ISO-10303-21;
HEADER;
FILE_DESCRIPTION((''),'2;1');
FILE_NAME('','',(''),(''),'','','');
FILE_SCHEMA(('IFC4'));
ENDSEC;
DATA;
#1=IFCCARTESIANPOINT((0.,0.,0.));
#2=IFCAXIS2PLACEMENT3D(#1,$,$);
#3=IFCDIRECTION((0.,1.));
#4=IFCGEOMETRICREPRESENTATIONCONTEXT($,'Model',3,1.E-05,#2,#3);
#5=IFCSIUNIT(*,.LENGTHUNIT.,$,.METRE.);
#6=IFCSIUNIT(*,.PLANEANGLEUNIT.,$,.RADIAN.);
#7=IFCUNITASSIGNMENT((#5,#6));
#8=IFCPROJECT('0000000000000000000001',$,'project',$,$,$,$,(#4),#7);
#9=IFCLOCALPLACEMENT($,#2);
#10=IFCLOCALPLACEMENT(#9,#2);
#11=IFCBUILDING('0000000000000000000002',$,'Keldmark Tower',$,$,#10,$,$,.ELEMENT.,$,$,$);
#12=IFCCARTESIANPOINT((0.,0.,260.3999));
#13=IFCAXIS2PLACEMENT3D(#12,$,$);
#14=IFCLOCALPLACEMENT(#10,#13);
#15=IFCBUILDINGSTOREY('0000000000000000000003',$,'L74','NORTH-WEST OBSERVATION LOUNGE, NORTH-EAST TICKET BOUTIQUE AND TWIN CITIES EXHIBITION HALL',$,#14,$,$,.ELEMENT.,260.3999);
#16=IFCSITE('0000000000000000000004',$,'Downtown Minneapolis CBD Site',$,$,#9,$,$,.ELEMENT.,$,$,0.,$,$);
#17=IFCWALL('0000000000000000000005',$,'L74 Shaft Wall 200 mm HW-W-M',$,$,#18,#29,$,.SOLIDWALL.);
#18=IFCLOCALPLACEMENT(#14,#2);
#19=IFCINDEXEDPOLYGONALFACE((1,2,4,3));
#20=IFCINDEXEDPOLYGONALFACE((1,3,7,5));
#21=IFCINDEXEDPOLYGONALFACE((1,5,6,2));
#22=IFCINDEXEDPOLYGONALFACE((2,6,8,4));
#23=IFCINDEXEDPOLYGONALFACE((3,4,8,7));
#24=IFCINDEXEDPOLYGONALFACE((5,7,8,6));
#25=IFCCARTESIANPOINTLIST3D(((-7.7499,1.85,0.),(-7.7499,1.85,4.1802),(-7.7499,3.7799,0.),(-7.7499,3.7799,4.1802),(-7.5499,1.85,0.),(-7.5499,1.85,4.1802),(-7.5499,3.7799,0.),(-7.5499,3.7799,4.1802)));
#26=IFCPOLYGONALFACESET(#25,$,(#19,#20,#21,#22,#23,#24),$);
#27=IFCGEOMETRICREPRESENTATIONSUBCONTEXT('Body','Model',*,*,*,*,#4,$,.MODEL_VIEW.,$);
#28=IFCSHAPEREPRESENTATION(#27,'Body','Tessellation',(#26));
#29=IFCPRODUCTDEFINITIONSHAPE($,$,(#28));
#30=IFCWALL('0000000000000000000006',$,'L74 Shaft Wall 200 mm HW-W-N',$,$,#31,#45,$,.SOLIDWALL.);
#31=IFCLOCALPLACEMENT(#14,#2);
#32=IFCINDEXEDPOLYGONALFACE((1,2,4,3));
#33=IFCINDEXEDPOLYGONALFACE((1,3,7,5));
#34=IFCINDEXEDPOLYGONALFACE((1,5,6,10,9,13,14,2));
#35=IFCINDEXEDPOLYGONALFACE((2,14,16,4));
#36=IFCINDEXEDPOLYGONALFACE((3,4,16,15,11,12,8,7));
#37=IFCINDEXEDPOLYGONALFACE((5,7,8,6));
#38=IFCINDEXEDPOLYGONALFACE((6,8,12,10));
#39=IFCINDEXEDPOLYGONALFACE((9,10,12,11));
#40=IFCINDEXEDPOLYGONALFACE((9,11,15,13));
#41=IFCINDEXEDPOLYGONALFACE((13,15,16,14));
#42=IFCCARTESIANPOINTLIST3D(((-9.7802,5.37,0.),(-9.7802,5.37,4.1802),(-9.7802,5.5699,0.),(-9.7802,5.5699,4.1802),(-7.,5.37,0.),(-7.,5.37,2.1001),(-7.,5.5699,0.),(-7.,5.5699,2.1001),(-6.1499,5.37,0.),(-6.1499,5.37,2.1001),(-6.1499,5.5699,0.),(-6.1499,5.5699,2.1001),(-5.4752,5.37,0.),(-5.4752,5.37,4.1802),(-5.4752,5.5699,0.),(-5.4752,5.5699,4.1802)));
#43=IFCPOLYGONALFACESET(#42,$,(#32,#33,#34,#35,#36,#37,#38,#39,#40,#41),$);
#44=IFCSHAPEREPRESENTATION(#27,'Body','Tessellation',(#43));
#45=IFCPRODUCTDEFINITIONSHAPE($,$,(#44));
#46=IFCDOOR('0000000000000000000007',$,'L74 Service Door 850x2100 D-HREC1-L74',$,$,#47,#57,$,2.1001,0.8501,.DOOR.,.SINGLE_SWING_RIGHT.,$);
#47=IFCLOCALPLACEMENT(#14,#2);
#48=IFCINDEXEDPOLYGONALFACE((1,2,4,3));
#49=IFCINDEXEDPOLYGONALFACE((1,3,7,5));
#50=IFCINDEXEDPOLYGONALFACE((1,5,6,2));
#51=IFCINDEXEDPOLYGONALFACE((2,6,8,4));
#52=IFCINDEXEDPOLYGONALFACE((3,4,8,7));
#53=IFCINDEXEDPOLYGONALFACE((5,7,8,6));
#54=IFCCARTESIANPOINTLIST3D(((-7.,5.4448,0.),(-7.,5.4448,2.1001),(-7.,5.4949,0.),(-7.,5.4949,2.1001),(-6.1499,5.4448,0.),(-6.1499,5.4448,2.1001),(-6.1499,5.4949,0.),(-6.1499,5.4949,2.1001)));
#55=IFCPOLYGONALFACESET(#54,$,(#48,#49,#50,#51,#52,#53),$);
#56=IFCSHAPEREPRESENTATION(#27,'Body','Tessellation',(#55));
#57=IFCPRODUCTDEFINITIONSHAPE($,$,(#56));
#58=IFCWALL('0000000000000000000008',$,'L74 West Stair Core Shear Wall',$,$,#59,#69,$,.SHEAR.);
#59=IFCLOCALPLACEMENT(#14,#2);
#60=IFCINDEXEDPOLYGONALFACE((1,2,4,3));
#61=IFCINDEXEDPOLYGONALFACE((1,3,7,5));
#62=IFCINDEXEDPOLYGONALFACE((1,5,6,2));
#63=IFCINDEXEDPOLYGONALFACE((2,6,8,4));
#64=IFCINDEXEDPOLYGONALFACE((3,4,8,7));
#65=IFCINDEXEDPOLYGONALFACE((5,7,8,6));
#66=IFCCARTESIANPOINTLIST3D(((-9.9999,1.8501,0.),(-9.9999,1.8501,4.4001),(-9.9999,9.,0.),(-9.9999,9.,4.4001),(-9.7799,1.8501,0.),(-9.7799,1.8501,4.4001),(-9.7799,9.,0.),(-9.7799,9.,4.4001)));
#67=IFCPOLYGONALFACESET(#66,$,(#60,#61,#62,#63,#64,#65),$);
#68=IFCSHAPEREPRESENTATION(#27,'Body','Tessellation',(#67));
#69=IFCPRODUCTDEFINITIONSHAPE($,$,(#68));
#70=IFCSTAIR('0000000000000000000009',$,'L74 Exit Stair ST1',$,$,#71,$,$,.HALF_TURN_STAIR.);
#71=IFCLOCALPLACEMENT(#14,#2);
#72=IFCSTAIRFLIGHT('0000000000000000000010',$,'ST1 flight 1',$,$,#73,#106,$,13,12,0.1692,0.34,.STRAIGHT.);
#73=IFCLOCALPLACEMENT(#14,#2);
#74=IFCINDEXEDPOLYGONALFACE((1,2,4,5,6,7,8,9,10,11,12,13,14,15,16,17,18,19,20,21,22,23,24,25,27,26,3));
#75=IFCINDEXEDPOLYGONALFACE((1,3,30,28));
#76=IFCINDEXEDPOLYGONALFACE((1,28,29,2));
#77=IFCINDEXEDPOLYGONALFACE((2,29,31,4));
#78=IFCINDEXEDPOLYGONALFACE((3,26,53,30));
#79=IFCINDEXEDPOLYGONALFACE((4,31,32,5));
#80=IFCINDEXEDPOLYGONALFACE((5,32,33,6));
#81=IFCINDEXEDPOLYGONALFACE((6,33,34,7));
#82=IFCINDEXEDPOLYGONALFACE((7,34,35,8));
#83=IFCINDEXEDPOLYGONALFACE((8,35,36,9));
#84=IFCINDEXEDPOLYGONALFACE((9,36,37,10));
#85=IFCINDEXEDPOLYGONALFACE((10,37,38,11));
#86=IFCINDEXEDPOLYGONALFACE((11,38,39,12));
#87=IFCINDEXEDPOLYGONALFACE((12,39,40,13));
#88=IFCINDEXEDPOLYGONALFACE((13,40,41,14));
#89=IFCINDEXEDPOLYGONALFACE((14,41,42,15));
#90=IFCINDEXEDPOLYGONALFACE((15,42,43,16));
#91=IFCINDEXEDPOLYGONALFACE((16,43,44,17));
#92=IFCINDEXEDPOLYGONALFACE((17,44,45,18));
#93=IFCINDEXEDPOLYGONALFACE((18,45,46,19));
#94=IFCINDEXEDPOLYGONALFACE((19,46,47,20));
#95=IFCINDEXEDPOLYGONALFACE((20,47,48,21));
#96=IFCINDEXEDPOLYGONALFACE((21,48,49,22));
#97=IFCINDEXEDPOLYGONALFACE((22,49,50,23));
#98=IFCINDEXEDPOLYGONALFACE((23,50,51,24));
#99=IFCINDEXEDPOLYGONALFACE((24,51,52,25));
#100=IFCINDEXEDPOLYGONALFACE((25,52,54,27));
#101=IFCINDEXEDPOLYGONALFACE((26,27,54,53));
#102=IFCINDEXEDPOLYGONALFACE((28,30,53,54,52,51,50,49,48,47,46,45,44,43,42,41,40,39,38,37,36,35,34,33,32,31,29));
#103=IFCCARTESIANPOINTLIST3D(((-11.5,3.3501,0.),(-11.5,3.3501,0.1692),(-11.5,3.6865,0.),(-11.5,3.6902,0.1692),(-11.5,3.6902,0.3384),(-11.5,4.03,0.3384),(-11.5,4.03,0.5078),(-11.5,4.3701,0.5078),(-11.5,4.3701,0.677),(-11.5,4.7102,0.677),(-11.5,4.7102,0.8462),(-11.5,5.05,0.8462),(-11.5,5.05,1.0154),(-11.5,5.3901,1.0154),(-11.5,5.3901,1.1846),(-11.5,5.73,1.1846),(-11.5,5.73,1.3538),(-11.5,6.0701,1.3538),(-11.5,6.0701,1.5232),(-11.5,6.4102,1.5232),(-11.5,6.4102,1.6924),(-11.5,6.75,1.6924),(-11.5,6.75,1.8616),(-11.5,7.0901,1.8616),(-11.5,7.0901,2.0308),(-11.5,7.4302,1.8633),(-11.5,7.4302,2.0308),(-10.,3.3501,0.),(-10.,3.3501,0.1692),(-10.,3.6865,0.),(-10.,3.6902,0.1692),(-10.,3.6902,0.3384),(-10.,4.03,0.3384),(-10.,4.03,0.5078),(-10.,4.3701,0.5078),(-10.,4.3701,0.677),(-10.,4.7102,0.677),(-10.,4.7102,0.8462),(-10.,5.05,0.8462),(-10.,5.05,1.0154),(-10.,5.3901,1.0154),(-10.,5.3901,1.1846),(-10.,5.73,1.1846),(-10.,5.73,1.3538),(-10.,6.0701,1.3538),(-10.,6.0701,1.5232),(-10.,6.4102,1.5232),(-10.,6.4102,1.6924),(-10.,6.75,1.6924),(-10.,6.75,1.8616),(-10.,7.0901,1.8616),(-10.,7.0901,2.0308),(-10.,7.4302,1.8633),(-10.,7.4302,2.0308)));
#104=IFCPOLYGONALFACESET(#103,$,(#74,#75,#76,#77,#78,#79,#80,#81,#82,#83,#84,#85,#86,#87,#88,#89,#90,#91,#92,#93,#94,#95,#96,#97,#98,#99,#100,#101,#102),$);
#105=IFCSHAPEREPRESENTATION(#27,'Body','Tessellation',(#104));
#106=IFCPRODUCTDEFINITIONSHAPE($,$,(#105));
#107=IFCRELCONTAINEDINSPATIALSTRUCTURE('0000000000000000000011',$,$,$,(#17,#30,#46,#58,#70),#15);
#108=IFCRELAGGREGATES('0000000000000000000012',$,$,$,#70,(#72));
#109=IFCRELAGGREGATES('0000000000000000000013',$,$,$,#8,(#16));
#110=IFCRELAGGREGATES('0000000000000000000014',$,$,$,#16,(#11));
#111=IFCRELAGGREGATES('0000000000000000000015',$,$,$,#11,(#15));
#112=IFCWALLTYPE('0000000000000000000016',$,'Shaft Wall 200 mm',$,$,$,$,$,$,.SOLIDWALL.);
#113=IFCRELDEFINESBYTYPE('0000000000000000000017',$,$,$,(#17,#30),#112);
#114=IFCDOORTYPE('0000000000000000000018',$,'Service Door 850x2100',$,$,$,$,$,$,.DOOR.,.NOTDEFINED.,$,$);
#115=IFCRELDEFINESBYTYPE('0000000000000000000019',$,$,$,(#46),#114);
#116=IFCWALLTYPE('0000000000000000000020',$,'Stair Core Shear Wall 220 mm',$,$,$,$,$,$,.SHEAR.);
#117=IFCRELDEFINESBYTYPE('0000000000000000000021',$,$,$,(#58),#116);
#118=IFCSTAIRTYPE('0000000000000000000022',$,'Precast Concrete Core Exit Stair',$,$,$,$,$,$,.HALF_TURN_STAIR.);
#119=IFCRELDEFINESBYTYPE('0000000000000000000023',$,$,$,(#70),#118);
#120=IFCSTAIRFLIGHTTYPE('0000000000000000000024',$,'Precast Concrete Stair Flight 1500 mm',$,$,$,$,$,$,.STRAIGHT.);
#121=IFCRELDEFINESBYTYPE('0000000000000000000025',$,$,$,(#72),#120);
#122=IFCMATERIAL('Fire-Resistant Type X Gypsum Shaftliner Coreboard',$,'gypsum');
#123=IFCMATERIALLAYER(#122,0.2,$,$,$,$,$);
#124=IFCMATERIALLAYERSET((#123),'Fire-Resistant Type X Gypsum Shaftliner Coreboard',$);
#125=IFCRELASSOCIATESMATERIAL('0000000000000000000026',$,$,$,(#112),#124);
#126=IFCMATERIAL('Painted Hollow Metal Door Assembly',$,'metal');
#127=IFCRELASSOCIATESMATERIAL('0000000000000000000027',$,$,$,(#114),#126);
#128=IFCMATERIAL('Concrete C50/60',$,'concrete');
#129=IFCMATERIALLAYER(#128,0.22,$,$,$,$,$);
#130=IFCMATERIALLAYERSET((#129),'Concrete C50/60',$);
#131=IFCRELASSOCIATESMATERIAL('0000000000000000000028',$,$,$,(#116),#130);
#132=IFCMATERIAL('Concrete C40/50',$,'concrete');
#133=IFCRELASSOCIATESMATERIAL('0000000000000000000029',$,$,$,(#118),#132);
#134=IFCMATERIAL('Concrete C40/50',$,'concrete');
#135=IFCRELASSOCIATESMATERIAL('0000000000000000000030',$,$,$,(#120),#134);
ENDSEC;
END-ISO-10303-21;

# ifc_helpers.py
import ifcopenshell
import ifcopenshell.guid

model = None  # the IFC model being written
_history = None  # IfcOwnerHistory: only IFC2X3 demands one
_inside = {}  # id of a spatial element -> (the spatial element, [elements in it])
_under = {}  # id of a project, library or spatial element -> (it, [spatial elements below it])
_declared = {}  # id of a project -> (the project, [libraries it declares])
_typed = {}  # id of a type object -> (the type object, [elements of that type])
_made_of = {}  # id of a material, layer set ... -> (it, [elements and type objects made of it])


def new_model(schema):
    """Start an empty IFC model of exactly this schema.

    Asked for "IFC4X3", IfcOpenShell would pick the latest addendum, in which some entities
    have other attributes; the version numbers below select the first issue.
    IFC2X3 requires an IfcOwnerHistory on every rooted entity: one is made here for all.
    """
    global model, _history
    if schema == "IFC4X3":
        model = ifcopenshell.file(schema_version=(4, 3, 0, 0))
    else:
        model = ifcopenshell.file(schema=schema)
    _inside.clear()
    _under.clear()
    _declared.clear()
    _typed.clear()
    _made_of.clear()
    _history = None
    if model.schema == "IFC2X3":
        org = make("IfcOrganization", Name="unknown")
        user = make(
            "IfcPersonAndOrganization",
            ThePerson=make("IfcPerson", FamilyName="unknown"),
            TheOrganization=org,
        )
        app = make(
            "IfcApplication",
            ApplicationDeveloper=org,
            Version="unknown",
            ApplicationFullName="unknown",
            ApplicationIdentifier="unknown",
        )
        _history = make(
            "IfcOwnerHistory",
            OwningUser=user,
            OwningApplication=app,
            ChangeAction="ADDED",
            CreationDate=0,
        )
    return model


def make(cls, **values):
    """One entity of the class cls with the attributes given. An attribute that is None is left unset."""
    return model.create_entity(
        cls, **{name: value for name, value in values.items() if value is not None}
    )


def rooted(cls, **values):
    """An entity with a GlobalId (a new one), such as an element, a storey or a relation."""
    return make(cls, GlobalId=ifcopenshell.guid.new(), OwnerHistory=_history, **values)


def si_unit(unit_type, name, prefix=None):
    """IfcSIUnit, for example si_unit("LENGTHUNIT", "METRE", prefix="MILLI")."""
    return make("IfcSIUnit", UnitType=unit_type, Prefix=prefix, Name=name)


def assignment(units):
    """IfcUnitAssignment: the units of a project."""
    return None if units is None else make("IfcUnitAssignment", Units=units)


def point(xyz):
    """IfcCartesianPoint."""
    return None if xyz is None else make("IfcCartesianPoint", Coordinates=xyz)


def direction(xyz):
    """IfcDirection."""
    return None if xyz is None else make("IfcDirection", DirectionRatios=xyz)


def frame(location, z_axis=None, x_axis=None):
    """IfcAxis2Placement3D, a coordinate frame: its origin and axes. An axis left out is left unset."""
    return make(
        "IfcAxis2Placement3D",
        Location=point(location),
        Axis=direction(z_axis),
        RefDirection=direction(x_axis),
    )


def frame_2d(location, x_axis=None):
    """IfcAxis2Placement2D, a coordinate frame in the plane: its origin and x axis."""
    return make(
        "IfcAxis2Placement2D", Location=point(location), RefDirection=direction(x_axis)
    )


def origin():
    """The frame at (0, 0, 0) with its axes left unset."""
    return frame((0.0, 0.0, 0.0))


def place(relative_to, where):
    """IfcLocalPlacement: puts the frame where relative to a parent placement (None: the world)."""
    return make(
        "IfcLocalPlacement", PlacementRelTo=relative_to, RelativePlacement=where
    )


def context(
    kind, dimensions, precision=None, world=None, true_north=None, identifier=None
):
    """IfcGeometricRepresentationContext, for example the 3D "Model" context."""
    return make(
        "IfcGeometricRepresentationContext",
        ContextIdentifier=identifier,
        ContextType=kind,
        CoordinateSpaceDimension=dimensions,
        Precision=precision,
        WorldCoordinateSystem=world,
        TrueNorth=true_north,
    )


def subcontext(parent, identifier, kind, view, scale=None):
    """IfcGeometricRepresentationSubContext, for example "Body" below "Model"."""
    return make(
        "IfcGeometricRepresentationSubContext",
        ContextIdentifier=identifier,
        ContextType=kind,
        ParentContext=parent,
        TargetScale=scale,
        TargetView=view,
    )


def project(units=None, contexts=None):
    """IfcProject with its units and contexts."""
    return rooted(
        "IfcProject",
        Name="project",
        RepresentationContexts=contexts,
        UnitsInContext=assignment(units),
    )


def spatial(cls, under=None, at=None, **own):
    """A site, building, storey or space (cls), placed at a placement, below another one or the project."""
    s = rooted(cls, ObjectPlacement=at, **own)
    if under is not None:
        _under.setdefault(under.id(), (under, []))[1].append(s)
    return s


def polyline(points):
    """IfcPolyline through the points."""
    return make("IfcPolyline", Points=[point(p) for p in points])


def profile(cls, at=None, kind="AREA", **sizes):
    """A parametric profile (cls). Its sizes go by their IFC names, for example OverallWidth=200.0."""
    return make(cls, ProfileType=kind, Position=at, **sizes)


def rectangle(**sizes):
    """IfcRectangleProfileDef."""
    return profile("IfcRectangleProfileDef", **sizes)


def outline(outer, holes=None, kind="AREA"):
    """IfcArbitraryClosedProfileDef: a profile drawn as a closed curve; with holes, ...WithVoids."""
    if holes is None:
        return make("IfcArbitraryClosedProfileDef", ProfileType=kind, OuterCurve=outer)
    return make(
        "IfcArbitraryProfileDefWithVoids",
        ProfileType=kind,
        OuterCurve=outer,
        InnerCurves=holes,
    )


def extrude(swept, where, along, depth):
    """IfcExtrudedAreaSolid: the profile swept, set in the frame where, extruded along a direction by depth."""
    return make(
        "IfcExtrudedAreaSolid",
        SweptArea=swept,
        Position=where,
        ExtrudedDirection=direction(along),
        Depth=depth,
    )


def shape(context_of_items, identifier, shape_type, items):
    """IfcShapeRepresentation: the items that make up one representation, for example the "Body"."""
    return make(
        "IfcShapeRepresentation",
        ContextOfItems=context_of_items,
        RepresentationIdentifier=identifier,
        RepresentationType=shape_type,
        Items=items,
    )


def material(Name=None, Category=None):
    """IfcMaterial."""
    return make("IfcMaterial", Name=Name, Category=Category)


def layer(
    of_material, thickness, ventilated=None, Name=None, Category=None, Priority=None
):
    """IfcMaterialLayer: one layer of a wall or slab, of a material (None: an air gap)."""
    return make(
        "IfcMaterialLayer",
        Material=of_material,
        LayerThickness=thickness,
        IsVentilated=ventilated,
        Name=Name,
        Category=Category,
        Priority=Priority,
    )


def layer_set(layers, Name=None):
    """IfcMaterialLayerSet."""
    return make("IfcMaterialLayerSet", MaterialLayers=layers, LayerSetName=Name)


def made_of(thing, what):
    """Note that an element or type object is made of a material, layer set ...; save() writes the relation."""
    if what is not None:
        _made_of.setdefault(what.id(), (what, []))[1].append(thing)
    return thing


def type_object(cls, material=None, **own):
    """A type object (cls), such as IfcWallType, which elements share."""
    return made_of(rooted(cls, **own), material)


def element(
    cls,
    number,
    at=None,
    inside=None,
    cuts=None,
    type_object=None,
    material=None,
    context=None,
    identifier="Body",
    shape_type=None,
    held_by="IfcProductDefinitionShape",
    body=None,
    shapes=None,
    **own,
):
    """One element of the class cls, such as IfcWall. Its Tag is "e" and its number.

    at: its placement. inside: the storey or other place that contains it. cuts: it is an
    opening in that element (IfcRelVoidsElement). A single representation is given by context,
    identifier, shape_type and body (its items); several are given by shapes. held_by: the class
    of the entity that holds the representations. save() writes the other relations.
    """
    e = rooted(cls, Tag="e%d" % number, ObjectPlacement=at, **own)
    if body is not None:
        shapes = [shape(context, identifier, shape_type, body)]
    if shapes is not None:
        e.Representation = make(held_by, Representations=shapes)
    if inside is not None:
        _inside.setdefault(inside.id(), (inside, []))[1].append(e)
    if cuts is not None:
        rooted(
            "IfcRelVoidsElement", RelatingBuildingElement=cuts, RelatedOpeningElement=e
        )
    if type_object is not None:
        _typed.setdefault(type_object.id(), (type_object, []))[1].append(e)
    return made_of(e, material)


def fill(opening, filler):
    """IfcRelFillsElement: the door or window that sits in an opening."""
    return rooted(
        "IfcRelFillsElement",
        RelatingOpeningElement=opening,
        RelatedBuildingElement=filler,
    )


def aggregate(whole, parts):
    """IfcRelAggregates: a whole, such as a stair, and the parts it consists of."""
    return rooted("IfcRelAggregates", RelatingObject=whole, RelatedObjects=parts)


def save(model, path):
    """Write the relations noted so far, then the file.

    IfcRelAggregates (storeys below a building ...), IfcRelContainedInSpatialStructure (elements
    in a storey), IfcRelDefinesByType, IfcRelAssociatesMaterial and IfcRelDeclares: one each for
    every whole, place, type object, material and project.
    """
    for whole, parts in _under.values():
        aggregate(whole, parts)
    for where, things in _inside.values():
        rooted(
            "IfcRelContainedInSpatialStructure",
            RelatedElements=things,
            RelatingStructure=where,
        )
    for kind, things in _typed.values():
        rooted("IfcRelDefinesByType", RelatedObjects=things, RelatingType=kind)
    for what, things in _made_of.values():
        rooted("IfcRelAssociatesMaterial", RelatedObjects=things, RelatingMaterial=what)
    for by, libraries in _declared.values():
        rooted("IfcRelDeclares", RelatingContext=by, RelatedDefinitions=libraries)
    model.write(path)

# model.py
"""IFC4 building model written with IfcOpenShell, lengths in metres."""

from ifc_helpers import new_model, si_unit, direction, frame, frame_2d, origin, place, context, subcontext, project, spatial, polyline, rectangle, outline, extrude, material, layer, layer_set, type_object, element, fill, aggregate, save


model = new_model("IFC4")

# Units and contexts
model_context = context("Model", 3, precision=1e-05, world=origin(), true_north=direction((0.0, 1.0)))
body_context = subcontext(model_context, "Body", "Model", "MODEL_VIEW")
ifc_project = project(units=[si_unit("LENGTHUNIT", "METRE"), si_unit("PLANEANGLEUNIT", "RADIAN")], contexts=[model_context])

# Site, building, storey
site_placement = place(None, origin())
site = spatial("IfcSite", under=ifc_project, at=site_placement, Name="Downtown Minneapolis CBD Site", CompositionType="ELEMENT", RefElevation=0.0)
building_placement = place(site_placement, origin())
building = spatial("IfcBuilding", under=site, at=building_placement, Name="Keldmark Tower", CompositionType="ELEMENT")
storey_placement = place(building_placement, frame((0.0, 0.0, 260.3999)))
storey = spatial("IfcBuildingStorey", under=building, at=storey_placement, Name="L74", Description="NORTH-WEST OBSERVATION LOUNGE, NORTH-EAST TICKET BOUTIQUE AND TWIN CITIES EXHIBITION HALL", CompositionType="ELEMENT", Elevation=260.3999)

# Shared definitions
ifc_material_1 = material(Name="Fire-Resistant Type X Gypsum Shaftliner Coreboard", Category="gypsum")
ifc_layer_1 = layer(ifc_material_1, 0.2)
ifc_layer_set_1 = layer_set([ifc_layer_1], Name="Fire-Resistant Type X Gypsum Shaftliner Coreboard")
wall_type_1 = type_object("IfcWallType", Name="Shaft Wall 200 mm", PredefinedType="SOLIDWALL", material=ifc_layer_set_1)
ifc_material_2 = material(Name="Painted Hollow Metal Door Assembly", Category="metal")
door_type = type_object("IfcDoorType", Name="Service Door 850x2100", OperationType="NOTDEFINED", PredefinedType="DOOR", material=ifc_material_2)

# Wall
wall_1_placement = place(storey_placement, frame((-7.6499, 1.8501, 0.0), z_axis=(0.0, 0.0, 1.0), x_axis=(0.0, 1.0, 0.0)))
element("IfcWall", 1, at=wall_1_placement, inside=storey, type_object=wall_type_1, Name="L74 Shaft Wall 200 mm HW-W-M", PredefinedType="SOLIDWALL", context=body_context, shape_type="SweptSolid", body=[
    extrude(rectangle(XDim=1.9299, YDim=0.2, at=frame_2d((0.9648, 0.0))), origin(), (0.0, 0.0, 1.0), 4.1802),
])

# Wall, opening, door
wall_2_placement = place(storey_placement, frame((-9.78, 5.47, 0.0), z_axis=(0.0, 0.0, 1.0), x_axis=(1.0, 0.0, 0.0)))
wall_2 = element("IfcWall", 2, at=wall_2_placement, inside=storey, type_object=wall_type_1, Name="L74 Shaft Wall 200 mm HW-W-N", PredefinedType="SOLIDWALL", context=body_context, shape_type="SweptSolid", body=[
    extrude(rectangle(XDim=4.3049, YDim=0.2, at=frame_2d((2.1523, 0.0))), origin(), (0.0, 0.0, 1.0), 4.1802),
])
opening_1_placement = place(wall_2_placement, frame((2.78, 0.0, 0.0)))
opening_1 = element("IfcOpeningElement", 3, at=opening_1_placement, cuts=wall_2, PredefinedType="OPENING", context=body_context, shape_type="SweptSolid", body=[
    extrude(rectangle(XDim=0.8501, YDim=2.1001, at=frame_2d((0.425, 1.05))), frame((0.0, 0.1099, 0.0), z_axis=(0.0, -1.0, 0.0), x_axis=(1.0, 0.0, 0.0)), (0.0, 0.0, 1.0), 0.22),
])
door_1_placement = place(opening_1_placement, origin())
door_1 = element("IfcDoor", 4, at=door_1_placement, inside=storey, type_object=door_type, Name="L74 Service Door 850x2100 D-HREC1-L74", OperationType="SINGLE_SWING_RIGHT", OverallHeight=2.1001, OverallWidth=0.8501, PredefinedType="DOOR", context=body_context, shape_type="SweptSolid", body=[
    extrude(rectangle(XDim=0.8501, YDim=2.1001, at=frame_2d((0.425, 1.05))), frame((0.0, 0.0249, 0.0), z_axis=(0.0, -1.0, 0.0), x_axis=(1.0, 0.0, 0.0)), (0.0, 0.0, 1.0), 0.05),
])
fill(opening_1, door_1)

# Wall
ifc_material_3 = material(Name="Concrete C50/60", Category="concrete")
ifc_layer_2 = layer(ifc_material_3, 0.22)
ifc_layer_set_2 = layer_set([ifc_layer_2], Name="Concrete C50/60")
wall_type_2 = type_object("IfcWallType", Name="Stair Core Shear Wall 220 mm", PredefinedType="SHEAR", material=ifc_layer_set_2)
wall_3_placement = place(storey_placement, frame((-9.8899, 1.8501, 0.0), z_axis=(0.0, 0.0, 1.0), x_axis=(0.0, 1.0, 0.0)))
element("IfcWall", 5, at=wall_3_placement, inside=storey, type_object=wall_type_2, Name="L74 West Stair Core Shear Wall", PredefinedType="SHEAR", context=body_context, shape_type="SweptSolid", body=[
    extrude(rectangle(XDim=7.1499, YDim=0.22, at=frame_2d((3.575, 0.0))), origin(), (0.0, 0.0, 1.0), 4.4001),
])

# Stair, stair flight
ifc_material_4 = material(Name="Concrete C40/50", Category="concrete")
stair_type = type_object("IfcStairType", Name="Precast Concrete Core Exit Stair", PredefinedType="HALF_TURN_STAIR", material=ifc_material_4)
stair_placement = place(storey_placement, origin())
stair = element("IfcStair", 6, at=stair_placement, inside=storey, type_object=stair_type, Name="L74 Exit Stair ST1", PredefinedType="HALF_TURN_STAIR")
ifc_material_5 = material(Name="Concrete C40/50", Category="concrete")
stair_flight_type = type_object("IfcStairFlightType", Name="Precast Concrete Stair Flight 1500 mm", PredefinedType="STRAIGHT", material=ifc_material_5)
stair_flight_placement = place(storey_placement, frame((-10.75, 3.3501, 0.0), z_axis=(0.0, 0.0, 1.0), x_axis=(0.0, 1.0, 0.0)))
stair_flight = element("IfcStairFlight", 7, at=stair_flight_placement, type_object=stair_flight_type, Name="ST1 flight 1", NumberOfRisers=13, NumberOfTreads=12, PredefinedType="STRAIGHT", RiserHeight=0.1692, TreadLength=0.34, context=body_context, shape_type="SweptSolid", body=[
    extrude(outline(polyline([(0.0, 0.0), (0.0, 0.1692), (0.3401, 0.1692), (0.3401, 0.3384), (0.6799, 0.3384), (0.6799, 0.5078), (1.02, 0.5078), (1.02, 0.677), (1.3601, 0.677), (1.3601, 0.8462), (1.7, 0.8462), (1.7, 1.0154), (2.04, 1.0154), (2.04, 1.1846), (2.3799, 1.1846), (2.3799, 1.3538), (2.72, 1.3538), (2.72, 1.5232), (3.0601, 1.5232), (3.0601, 1.6924), (3.3999, 1.6924), (3.3999, 1.8616), (3.74, 1.8616), (3.74, 2.0308), (4.0801, 2.0308), (4.0801, 2.2), (4.0801, 1.8633), (0.3364, 0.0), (0.0, 0.0)])), frame((0.0, 0.75, 0.0), z_axis=(0.0, -1.0, 0.0), x_axis=(1.0, 0.0, 0.0)), (0.0, 0.0, 1.0), 1.5),
])
aggregate(stair, [stair_flight])

save(model, "model.ifc")
